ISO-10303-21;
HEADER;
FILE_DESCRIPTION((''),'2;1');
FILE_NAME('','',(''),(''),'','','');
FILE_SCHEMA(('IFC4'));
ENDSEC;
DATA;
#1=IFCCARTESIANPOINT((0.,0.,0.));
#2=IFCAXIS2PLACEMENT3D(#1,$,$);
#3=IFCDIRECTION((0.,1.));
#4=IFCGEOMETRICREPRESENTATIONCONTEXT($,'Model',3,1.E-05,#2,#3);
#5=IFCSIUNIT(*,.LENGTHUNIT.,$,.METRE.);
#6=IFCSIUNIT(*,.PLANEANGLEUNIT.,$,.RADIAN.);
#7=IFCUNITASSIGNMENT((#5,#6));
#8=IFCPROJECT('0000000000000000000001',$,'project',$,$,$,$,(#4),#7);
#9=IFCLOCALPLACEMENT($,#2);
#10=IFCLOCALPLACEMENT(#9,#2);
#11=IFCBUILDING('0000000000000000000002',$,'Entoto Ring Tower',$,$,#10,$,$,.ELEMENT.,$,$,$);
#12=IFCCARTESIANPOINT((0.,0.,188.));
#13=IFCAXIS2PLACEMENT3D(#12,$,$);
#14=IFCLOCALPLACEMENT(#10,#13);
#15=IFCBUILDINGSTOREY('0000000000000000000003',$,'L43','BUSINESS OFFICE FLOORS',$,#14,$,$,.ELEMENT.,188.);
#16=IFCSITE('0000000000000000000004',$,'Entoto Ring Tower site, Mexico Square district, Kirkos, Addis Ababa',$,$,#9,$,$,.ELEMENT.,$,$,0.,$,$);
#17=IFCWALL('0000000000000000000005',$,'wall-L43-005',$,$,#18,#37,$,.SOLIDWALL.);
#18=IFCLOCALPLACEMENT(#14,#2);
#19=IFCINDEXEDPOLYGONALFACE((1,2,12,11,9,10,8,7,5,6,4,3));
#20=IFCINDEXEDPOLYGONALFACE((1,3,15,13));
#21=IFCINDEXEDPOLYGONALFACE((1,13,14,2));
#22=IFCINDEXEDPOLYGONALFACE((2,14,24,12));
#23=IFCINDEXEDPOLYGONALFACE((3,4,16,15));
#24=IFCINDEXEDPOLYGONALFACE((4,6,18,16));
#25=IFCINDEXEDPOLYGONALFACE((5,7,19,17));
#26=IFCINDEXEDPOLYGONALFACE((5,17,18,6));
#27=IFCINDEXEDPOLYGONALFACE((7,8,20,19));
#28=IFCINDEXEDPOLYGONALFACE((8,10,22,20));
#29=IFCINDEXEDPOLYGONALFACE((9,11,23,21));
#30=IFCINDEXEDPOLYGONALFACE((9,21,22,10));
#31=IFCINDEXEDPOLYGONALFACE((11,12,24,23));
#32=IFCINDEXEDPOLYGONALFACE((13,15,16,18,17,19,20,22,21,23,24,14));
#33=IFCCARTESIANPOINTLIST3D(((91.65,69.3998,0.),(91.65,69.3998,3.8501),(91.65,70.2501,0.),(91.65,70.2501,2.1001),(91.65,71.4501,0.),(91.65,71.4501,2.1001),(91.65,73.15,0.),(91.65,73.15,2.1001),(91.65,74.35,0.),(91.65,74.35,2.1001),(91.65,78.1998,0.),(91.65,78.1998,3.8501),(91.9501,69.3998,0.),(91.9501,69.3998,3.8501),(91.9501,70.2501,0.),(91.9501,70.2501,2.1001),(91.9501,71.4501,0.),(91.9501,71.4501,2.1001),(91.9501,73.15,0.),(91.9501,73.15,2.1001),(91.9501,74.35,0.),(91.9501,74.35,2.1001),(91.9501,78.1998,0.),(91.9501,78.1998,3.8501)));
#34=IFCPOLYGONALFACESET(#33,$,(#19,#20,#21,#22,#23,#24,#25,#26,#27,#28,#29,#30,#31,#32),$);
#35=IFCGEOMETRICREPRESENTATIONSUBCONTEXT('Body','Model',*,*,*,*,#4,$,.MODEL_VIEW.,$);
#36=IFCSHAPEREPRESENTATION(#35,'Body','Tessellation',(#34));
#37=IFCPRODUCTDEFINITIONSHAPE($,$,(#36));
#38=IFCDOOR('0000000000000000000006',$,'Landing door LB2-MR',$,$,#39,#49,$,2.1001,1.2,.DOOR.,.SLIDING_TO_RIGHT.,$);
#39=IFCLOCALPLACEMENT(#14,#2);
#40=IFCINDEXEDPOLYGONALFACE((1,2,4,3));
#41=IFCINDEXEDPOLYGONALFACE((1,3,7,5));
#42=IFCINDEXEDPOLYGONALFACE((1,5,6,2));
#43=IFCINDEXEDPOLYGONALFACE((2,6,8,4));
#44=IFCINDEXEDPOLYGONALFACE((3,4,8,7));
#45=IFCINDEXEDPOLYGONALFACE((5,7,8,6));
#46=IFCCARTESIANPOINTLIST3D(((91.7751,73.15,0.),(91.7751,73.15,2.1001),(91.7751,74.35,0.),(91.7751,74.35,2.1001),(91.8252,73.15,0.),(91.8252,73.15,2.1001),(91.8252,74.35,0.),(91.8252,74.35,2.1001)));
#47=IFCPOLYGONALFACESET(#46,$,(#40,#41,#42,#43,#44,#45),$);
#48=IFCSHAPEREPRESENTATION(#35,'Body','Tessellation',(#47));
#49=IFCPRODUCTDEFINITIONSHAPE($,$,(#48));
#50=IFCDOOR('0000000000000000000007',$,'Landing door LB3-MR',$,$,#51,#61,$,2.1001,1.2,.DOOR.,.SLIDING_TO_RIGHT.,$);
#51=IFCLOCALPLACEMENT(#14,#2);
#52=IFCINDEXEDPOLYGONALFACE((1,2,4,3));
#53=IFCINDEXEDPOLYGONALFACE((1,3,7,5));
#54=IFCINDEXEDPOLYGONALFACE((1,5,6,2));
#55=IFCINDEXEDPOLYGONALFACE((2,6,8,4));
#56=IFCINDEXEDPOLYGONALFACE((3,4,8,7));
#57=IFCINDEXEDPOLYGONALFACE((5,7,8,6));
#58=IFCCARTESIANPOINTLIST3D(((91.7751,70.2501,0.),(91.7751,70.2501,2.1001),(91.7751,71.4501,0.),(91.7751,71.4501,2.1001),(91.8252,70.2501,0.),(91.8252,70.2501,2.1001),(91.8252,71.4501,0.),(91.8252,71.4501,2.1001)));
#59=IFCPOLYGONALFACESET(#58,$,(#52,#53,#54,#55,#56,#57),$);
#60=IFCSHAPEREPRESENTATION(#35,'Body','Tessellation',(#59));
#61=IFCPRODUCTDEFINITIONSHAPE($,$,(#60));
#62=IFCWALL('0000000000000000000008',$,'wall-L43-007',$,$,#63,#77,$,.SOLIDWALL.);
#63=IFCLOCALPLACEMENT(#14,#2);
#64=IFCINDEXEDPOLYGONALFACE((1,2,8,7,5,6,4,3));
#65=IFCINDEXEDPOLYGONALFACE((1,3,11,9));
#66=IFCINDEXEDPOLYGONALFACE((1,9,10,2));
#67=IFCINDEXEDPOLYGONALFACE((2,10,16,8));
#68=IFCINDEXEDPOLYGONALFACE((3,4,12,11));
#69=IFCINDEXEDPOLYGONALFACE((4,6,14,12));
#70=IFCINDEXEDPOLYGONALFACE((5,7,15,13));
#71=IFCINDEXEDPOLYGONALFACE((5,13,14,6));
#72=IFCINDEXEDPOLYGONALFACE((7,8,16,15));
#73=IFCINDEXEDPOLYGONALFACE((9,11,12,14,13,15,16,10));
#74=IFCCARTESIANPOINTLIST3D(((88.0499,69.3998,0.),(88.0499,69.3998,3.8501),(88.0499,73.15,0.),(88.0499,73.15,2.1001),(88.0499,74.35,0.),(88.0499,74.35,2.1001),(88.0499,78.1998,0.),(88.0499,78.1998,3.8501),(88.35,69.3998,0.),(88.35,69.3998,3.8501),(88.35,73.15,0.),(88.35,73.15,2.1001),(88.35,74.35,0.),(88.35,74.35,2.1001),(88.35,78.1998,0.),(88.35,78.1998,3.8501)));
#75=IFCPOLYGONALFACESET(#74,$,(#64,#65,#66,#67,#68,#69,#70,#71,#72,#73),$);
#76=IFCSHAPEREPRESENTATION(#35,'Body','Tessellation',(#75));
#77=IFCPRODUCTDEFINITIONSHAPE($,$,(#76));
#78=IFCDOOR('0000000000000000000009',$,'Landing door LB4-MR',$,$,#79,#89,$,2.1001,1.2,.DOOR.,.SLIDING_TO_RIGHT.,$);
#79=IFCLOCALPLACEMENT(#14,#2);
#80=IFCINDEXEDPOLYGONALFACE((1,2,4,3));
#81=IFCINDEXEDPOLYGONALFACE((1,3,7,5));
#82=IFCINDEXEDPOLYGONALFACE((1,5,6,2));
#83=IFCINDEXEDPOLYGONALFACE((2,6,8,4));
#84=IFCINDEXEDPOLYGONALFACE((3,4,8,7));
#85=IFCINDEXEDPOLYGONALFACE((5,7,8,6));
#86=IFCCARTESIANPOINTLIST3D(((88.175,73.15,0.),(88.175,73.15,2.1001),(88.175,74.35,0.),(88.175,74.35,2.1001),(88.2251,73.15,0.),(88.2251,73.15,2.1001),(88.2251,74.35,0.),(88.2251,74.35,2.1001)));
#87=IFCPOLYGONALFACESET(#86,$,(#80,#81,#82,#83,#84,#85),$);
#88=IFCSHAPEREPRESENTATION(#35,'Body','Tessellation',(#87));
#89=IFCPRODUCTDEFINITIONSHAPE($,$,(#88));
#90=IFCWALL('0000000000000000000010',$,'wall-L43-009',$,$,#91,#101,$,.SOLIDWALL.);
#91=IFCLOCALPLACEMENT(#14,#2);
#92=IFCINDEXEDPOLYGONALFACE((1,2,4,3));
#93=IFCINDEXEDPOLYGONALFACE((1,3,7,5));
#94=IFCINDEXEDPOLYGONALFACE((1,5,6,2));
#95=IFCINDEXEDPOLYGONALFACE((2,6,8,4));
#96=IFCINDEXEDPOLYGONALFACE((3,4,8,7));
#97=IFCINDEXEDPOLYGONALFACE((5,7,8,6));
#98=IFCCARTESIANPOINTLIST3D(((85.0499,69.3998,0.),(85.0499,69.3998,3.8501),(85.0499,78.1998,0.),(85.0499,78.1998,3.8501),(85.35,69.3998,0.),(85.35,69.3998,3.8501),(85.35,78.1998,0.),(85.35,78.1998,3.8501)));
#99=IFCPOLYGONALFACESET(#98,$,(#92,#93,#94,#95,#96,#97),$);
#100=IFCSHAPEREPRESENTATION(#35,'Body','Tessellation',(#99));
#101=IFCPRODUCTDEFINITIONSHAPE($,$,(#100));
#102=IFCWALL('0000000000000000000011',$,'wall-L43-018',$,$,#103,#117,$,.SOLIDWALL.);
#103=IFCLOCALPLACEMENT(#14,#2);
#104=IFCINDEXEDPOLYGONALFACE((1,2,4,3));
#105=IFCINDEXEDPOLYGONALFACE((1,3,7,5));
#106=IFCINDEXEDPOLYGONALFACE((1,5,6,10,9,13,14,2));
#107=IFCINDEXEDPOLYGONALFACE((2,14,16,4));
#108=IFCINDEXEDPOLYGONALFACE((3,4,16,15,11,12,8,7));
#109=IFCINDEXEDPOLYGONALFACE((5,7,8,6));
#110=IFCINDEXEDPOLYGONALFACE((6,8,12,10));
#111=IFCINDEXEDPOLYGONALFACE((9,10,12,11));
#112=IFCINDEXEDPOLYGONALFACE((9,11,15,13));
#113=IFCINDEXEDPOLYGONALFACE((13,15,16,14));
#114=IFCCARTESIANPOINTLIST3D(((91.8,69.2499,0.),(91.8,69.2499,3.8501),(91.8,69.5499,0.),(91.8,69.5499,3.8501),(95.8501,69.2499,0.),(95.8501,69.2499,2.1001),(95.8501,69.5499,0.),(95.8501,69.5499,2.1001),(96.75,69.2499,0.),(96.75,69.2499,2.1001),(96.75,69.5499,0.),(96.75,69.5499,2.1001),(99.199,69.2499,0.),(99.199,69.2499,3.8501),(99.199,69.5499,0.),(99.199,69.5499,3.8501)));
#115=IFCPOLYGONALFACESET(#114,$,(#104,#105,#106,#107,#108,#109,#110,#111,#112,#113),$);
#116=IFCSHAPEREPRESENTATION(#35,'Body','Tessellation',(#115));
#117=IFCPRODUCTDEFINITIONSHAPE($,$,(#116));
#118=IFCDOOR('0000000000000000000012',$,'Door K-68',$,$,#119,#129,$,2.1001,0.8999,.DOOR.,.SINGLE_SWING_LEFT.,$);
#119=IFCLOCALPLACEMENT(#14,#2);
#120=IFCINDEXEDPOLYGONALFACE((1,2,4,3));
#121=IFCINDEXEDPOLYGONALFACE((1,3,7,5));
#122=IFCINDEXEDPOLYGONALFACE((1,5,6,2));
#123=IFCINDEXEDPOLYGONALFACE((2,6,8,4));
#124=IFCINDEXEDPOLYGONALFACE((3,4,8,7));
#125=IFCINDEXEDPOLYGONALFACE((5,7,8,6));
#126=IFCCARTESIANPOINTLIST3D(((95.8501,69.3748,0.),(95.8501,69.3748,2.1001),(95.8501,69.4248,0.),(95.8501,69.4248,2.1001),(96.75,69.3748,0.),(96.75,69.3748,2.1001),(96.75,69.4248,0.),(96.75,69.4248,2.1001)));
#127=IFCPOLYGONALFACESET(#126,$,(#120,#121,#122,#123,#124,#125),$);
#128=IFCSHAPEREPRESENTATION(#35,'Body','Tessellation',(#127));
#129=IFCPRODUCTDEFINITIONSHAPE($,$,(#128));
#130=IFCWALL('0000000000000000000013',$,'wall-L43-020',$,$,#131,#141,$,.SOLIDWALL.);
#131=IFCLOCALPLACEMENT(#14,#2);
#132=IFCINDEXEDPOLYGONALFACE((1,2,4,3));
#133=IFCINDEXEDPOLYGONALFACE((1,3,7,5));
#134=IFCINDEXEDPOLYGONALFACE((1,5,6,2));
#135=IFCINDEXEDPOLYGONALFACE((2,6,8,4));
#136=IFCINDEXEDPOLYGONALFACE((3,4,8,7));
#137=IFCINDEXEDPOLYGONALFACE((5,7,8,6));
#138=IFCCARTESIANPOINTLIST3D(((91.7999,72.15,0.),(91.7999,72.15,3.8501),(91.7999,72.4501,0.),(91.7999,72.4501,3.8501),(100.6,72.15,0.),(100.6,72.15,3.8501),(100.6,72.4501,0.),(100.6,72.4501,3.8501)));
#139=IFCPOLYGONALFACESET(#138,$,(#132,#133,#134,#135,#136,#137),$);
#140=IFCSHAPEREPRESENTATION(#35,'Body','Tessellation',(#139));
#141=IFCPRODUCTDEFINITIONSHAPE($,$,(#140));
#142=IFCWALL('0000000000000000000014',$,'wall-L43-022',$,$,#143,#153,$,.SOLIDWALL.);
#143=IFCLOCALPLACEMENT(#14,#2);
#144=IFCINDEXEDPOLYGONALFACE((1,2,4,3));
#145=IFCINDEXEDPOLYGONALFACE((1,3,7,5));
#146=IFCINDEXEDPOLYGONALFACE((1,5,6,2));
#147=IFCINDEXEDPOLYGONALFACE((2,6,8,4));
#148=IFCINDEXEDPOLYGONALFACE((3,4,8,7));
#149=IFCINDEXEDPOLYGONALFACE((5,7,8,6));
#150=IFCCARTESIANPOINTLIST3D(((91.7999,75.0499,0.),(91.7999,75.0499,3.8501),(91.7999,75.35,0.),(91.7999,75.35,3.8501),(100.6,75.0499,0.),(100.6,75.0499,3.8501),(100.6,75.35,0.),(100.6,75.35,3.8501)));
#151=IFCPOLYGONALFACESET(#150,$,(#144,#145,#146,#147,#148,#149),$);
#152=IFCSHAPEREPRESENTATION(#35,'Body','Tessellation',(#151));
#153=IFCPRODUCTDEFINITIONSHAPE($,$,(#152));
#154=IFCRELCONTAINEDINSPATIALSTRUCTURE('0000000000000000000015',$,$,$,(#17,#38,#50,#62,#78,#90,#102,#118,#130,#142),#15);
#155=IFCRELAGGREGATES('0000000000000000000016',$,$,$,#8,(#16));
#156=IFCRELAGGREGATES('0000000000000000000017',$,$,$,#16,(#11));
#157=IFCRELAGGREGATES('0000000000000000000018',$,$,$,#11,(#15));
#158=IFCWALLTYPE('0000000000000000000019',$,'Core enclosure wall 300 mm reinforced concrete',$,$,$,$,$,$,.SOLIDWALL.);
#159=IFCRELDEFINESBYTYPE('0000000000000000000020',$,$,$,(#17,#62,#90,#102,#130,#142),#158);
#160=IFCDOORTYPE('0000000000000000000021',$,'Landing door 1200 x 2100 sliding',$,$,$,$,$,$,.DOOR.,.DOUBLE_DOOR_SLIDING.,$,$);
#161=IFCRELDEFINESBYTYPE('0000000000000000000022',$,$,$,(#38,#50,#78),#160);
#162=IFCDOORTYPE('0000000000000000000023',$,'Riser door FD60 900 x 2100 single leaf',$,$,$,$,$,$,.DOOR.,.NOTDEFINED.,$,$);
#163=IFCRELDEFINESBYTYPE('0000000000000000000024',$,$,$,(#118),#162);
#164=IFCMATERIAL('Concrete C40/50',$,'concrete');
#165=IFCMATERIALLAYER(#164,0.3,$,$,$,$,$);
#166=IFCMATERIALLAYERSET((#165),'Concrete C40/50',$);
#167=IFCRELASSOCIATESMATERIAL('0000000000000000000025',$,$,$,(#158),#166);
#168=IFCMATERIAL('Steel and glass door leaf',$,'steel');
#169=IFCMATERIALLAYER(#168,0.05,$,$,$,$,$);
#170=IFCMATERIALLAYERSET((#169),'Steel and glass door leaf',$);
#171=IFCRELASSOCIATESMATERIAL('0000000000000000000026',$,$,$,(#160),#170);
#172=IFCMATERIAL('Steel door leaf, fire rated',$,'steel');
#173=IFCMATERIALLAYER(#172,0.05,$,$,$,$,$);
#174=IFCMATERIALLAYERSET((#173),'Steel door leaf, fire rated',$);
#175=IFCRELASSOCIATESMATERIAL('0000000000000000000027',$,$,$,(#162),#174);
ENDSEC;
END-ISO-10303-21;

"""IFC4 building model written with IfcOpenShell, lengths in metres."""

from ifc_helpers import new_model, si_unit, direction, frame, frame_2d, origin, place, context, subcontext, project, spatial, rectangle, extrude, material, layer, layer_set, type_object, element, fill, save


model = new_model("IFC4")

# Units and contexts
model_context = context("Model", 3, precision=1e-05, world=origin(), true_north=direction((0.0, 1.0)))
body_context = subcontext(model_context, "Body", "Model", "MODEL_VIEW")
ifc_project = project(units=[si_unit("LENGTHUNIT", "METRE"), si_unit("PLANEANGLEUNIT", "RADIAN")], contexts=[model_context])

# Site, building, storey
site_placement = place(None, origin())
site = spatial("IfcSite", under=ifc_project, at=site_placement, Name="Entoto Ring Tower site, Mexico Square district, Kirkos, Addis Ababa", CompositionType="ELEMENT", RefElevation=0.0)
building_placement = place(site_placement, origin())
building = spatial("IfcBuilding", under=site, at=building_placement, Name="Entoto Ring Tower", CompositionType="ELEMENT")
storey_placement = place(building_placement, frame((0.0, 0.0, 188.0)))
storey = spatial("IfcBuildingStorey", under=building, at=storey_placement, Name="L43", Description="BUSINESS OFFICE FLOORS", CompositionType="ELEMENT", Elevation=188.0)

# Shared definitions
ifc_material_1 = material(Name="Concrete C40/50", Category="concrete")
ifc_layer_1 = layer(ifc_material_1, 0.3)
ifc_layer_set_1 = layer_set([ifc_layer_1], Name="Concrete C40/50")
wall_type_1 = type_object("IfcWallType", Name="Core enclosure wall 300 mm reinforced concrete", PredefinedType="SOLIDWALL", material=ifc_layer_set_1)

# Wall, openings, doors
wall_1_placement = place(storey_placement, frame((91.8, 69.3999, 0.0), z_axis=(0.0, 0.0, 1.0), x_axis=(0.0, 1.0, 0.0)))
wall_1 = element("IfcWall", 1, at=wall_1_placement, inside=storey, type_object=wall_type_1, Name="wall-L43-005", PredefinedType="SOLIDWALL", context=body_context, shape_type="SweptSolid", body=[
    extrude(rectangle(XDim=8.8, YDim=0.3, at=frame_2d((4.3999, 0.0))), origin(), (0.0, 0.0, 1.0), 3.8501),
])
opening_1_placement = place(wall_1_placement, frame((3.75, 0.0, 0.0)))
opening_1 = element("IfcOpeningElement", 2, at=opening_1_placement, cuts=wall_1, PredefinedType="OPENING", context=body_context, shape_type="SweptSolid", body=[
    extrude(rectangle(XDim=1.2, YDim=2.1001, at=frame_2d((0.6001, 1.05))), frame((0.0, 0.1602, 0.0), z_axis=(0.0, -1.0, 0.0), x_axis=(1.0, 0.0, 0.0)), (0.0, 0.0, 1.0), 0.3201),
])
opening_2_placement = place(wall_1_placement, frame((0.8501, 0.0, 0.0)))
opening_2 = element("IfcOpeningElement", 3, at=opening_2_placement, cuts=wall_1, PredefinedType="OPENING", context=body_context, shape_type="SweptSolid", body=[
    extrude(rectangle(XDim=1.2, YDim=2.1001, at=frame_2d((0.6001, 1.05))), frame((0.0, 0.1602, 0.0), z_axis=(0.0, -1.0, 0.0), x_axis=(1.0, 0.0, 0.0)), (0.0, 0.0, 1.0), 0.3201),
])
ifc_material_2 = material(Name="Steel and glass door leaf", Category="steel")
ifc_layer_2 = layer(ifc_material_2, 0.05)
ifc_layer_set_2 = layer_set([ifc_layer_2], Name="Steel and glass door leaf")
door_type_1 = type_object("IfcDoorType", Name="Landing door 1200 x 2100 sliding", OperationType="DOUBLE_DOOR_SLIDING", PredefinedType="DOOR", material=ifc_layer_set_2)
door_1_placement = place(opening_1_placement, origin())
door_1 = element("IfcDoor", 4, at=door_1_placement, inside=storey, type_object=door_type_1, Name="Landing door LB2-MR", OperationType="SLIDING_TO_RIGHT", OverallHeight=2.1001, OverallWidth=1.2, PredefinedType="DOOR", context=body_context, shape_type="SweptSolid", body=[
    extrude(rectangle(XDim=1.2, YDim=2.1001, at=frame_2d((0.6001, 1.05))), frame((0.0, 0.0249, 0.0), z_axis=(0.0, -1.0, 0.0), x_axis=(1.0, 0.0, 0.0)), (0.0, 0.0, 1.0), 0.05),
])
fill(opening_1, door_1)
door_2_placement = place(opening_2_placement, origin())
door_2 = element("IfcDoor", 5, at=door_2_placement, inside=storey, type_object=door_type_1, Name="Landing door LB3-MR", OperationType="SLIDING_TO_RIGHT", OverallHeight=2.1001, OverallWidth=1.2, PredefinedType="DOOR", context=body_context, shape_type="SweptSolid", body=[
    extrude(rectangle(XDim=1.2, YDim=2.1001, at=frame_2d((0.6001, 1.05))), frame((0.0, 0.0249, 0.0), z_axis=(0.0, -1.0, 0.0), x_axis=(1.0, 0.0, 0.0)), (0.0, 0.0, 1.0), 0.05),
])
fill(opening_2, door_2)

# Wall, opening, door
wall_2_placement = place(storey_placement, frame((88.2, 69.3999, 0.0), z_axis=(0.0, 0.0, 1.0), x_axis=(0.0, 1.0, 0.0)))
wall_2 = element("IfcWall", 6, at=wall_2_placement, inside=storey, type_object=wall_type_1, Name="wall-L43-007", PredefinedType="SOLIDWALL", context=body_context, shape_type="SweptSolid", body=[
    extrude(rectangle(XDim=8.8, YDim=0.3, at=frame_2d((4.3999, 0.0))), origin(), (0.0, 0.0, 1.0), 3.8501),
])
opening_3_placement = place(wall_2_placement, frame((3.75, 0.0, 0.0)))
opening_3 = element("IfcOpeningElement", 7, at=opening_3_placement, cuts=wall_2, PredefinedType="OPENING", context=body_context, shape_type="SweptSolid", body=[
    extrude(rectangle(XDim=1.2, YDim=2.1001, at=frame_2d((0.6001, 1.05))), frame((0.0, 0.1602, 0.0), z_axis=(0.0, -1.0, 0.0), x_axis=(1.0, 0.0, 0.0)), (0.0, 0.0, 1.0), 0.3201),
])
door_3_placement = place(opening_3_placement, origin())
door_3 = element("IfcDoor", 8, at=door_3_placement, inside=storey, type_object=door_type_1, Name="Landing door LB4-MR", OperationType="SLIDING_TO_RIGHT", OverallHeight=2.1001, OverallWidth=1.2, PredefinedType="DOOR", context=body_context, shape_type="SweptSolid", body=[
    extrude(rectangle(XDim=1.2, YDim=2.1001, at=frame_2d((0.6001, 1.05))), frame((0.0, 0.0249, 0.0), z_axis=(0.0, -1.0, 0.0), x_axis=(1.0, 0.0, 0.0)), (0.0, 0.0, 1.0), 0.05),
])
fill(opening_3, door_3)

# Wall
wall_3_placement = place(storey_placement, frame((85.2, 69.3999, 0.0), z_axis=(0.0, 0.0, 1.0), x_axis=(0.0, 1.0, 0.0)))
element("IfcWall", 9, at=wall_3_placement, inside=storey, type_object=wall_type_1, Name="wall-L43-009", PredefinedType="SOLIDWALL", context=body_context, shape_type="SweptSolid", body=[
    extrude(rectangle(XDim=8.8, YDim=0.3, at=frame_2d((4.3999, 0.0))), origin(), (0.0, 0.0, 1.0), 3.8501),
])

# Wall, opening, door
wall_4_placement = place(storey_placement, frame((91.8, 69.3999, 0.0), z_axis=(0.0, 0.0, 1.0), x_axis=(1.0, 0.0, 0.0)))
wall_4 = element("IfcWall", 10, at=wall_4_placement, inside=storey, type_object=wall_type_1, Name="wall-L43-018", PredefinedType="SOLIDWALL", context=body_context, shape_type="SweptSolid", body=[
    extrude(rectangle(XDim=7.3989, YDim=0.3, at=frame_2d((3.6995, 0.0))), origin(), (0.0, 0.0, 1.0), 3.8501),
])
opening_4_placement = place(wall_4_placement, frame((4.05, 0.0, 0.0)))
opening_4 = element("IfcOpeningElement", 11, at=opening_4_placement, cuts=wall_4, PredefinedType="OPENING", context=body_context, shape_type="SweptSolid", body=[
    extrude(rectangle(XDim=0.8999, YDim=2.1001, at=frame_2d((0.45, 1.05))), frame((0.0, 0.1602, 0.0), z_axis=(0.0, -1.0, 0.0), x_axis=(1.0, 0.0, 0.0)), (0.0, 0.0, 1.0), 0.3201),
])
ifc_material_3 = material(Name="Steel door leaf, fire rated", Category="steel")
ifc_layer_3 = layer(ifc_material_3, 0.05)
ifc_layer_set_3 = layer_set([ifc_layer_3], Name="Steel door leaf, fire rated")
door_type_2 = type_object("IfcDoorType", Name="Riser door FD60 900 x 2100 single leaf", OperationType="NOTDEFINED", PredefinedType="DOOR", material=ifc_layer_set_3)
door_4_placement = place(opening_4_placement, origin())
door_4 = element("IfcDoor", 12, at=door_4_placement, inside=storey, type_object=door_type_2, Name="Door K-68", OperationType="SINGLE_SWING_LEFT", OverallHeight=2.1001, OverallWidth=0.8999, PredefinedType="DOOR", context=body_context, shape_type="SweptSolid", body=[
    extrude(rectangle(XDim=0.8999, YDim=2.1001, at=frame_2d((0.45, 1.05))), frame((0.0, 0.0249, 0.0), z_axis=(0.0, -1.0, 0.0), x_axis=(1.0, 0.0, 0.0)), (0.0, 0.0, 1.0), 0.05),
])
fill(opening_4, door_4)

# Walls
for number, where, z_axis, x_axis, name in (
    (13, (91.8, 72.3, 0.0), (0.0, 0.0, 1.0), (1.0, 0.0, 0.0), "wall-L43-020"),
    (14, (91.8, 75.2, 0.0), (0.0, 0.0, 1.0), (1.0, 0.0, 0.0), "wall-L43-022"),
):
    element("IfcWall", number, at=place(storey_placement, frame(where, z_axis=z_axis, x_axis=x_axis)), inside=storey, type_object=wall_type_1, Name=name, PredefinedType="SOLIDWALL", context=body_context, shape_type="SweptSolid", body=[
        extrude(rectangle(XDim=8.8, YDim=0.3, at=frame_2d((4.3999, 0.0))), origin(), (0.0, 0.0, 1.0), 3.8501),
    ])

save(model, "model.ifc")
